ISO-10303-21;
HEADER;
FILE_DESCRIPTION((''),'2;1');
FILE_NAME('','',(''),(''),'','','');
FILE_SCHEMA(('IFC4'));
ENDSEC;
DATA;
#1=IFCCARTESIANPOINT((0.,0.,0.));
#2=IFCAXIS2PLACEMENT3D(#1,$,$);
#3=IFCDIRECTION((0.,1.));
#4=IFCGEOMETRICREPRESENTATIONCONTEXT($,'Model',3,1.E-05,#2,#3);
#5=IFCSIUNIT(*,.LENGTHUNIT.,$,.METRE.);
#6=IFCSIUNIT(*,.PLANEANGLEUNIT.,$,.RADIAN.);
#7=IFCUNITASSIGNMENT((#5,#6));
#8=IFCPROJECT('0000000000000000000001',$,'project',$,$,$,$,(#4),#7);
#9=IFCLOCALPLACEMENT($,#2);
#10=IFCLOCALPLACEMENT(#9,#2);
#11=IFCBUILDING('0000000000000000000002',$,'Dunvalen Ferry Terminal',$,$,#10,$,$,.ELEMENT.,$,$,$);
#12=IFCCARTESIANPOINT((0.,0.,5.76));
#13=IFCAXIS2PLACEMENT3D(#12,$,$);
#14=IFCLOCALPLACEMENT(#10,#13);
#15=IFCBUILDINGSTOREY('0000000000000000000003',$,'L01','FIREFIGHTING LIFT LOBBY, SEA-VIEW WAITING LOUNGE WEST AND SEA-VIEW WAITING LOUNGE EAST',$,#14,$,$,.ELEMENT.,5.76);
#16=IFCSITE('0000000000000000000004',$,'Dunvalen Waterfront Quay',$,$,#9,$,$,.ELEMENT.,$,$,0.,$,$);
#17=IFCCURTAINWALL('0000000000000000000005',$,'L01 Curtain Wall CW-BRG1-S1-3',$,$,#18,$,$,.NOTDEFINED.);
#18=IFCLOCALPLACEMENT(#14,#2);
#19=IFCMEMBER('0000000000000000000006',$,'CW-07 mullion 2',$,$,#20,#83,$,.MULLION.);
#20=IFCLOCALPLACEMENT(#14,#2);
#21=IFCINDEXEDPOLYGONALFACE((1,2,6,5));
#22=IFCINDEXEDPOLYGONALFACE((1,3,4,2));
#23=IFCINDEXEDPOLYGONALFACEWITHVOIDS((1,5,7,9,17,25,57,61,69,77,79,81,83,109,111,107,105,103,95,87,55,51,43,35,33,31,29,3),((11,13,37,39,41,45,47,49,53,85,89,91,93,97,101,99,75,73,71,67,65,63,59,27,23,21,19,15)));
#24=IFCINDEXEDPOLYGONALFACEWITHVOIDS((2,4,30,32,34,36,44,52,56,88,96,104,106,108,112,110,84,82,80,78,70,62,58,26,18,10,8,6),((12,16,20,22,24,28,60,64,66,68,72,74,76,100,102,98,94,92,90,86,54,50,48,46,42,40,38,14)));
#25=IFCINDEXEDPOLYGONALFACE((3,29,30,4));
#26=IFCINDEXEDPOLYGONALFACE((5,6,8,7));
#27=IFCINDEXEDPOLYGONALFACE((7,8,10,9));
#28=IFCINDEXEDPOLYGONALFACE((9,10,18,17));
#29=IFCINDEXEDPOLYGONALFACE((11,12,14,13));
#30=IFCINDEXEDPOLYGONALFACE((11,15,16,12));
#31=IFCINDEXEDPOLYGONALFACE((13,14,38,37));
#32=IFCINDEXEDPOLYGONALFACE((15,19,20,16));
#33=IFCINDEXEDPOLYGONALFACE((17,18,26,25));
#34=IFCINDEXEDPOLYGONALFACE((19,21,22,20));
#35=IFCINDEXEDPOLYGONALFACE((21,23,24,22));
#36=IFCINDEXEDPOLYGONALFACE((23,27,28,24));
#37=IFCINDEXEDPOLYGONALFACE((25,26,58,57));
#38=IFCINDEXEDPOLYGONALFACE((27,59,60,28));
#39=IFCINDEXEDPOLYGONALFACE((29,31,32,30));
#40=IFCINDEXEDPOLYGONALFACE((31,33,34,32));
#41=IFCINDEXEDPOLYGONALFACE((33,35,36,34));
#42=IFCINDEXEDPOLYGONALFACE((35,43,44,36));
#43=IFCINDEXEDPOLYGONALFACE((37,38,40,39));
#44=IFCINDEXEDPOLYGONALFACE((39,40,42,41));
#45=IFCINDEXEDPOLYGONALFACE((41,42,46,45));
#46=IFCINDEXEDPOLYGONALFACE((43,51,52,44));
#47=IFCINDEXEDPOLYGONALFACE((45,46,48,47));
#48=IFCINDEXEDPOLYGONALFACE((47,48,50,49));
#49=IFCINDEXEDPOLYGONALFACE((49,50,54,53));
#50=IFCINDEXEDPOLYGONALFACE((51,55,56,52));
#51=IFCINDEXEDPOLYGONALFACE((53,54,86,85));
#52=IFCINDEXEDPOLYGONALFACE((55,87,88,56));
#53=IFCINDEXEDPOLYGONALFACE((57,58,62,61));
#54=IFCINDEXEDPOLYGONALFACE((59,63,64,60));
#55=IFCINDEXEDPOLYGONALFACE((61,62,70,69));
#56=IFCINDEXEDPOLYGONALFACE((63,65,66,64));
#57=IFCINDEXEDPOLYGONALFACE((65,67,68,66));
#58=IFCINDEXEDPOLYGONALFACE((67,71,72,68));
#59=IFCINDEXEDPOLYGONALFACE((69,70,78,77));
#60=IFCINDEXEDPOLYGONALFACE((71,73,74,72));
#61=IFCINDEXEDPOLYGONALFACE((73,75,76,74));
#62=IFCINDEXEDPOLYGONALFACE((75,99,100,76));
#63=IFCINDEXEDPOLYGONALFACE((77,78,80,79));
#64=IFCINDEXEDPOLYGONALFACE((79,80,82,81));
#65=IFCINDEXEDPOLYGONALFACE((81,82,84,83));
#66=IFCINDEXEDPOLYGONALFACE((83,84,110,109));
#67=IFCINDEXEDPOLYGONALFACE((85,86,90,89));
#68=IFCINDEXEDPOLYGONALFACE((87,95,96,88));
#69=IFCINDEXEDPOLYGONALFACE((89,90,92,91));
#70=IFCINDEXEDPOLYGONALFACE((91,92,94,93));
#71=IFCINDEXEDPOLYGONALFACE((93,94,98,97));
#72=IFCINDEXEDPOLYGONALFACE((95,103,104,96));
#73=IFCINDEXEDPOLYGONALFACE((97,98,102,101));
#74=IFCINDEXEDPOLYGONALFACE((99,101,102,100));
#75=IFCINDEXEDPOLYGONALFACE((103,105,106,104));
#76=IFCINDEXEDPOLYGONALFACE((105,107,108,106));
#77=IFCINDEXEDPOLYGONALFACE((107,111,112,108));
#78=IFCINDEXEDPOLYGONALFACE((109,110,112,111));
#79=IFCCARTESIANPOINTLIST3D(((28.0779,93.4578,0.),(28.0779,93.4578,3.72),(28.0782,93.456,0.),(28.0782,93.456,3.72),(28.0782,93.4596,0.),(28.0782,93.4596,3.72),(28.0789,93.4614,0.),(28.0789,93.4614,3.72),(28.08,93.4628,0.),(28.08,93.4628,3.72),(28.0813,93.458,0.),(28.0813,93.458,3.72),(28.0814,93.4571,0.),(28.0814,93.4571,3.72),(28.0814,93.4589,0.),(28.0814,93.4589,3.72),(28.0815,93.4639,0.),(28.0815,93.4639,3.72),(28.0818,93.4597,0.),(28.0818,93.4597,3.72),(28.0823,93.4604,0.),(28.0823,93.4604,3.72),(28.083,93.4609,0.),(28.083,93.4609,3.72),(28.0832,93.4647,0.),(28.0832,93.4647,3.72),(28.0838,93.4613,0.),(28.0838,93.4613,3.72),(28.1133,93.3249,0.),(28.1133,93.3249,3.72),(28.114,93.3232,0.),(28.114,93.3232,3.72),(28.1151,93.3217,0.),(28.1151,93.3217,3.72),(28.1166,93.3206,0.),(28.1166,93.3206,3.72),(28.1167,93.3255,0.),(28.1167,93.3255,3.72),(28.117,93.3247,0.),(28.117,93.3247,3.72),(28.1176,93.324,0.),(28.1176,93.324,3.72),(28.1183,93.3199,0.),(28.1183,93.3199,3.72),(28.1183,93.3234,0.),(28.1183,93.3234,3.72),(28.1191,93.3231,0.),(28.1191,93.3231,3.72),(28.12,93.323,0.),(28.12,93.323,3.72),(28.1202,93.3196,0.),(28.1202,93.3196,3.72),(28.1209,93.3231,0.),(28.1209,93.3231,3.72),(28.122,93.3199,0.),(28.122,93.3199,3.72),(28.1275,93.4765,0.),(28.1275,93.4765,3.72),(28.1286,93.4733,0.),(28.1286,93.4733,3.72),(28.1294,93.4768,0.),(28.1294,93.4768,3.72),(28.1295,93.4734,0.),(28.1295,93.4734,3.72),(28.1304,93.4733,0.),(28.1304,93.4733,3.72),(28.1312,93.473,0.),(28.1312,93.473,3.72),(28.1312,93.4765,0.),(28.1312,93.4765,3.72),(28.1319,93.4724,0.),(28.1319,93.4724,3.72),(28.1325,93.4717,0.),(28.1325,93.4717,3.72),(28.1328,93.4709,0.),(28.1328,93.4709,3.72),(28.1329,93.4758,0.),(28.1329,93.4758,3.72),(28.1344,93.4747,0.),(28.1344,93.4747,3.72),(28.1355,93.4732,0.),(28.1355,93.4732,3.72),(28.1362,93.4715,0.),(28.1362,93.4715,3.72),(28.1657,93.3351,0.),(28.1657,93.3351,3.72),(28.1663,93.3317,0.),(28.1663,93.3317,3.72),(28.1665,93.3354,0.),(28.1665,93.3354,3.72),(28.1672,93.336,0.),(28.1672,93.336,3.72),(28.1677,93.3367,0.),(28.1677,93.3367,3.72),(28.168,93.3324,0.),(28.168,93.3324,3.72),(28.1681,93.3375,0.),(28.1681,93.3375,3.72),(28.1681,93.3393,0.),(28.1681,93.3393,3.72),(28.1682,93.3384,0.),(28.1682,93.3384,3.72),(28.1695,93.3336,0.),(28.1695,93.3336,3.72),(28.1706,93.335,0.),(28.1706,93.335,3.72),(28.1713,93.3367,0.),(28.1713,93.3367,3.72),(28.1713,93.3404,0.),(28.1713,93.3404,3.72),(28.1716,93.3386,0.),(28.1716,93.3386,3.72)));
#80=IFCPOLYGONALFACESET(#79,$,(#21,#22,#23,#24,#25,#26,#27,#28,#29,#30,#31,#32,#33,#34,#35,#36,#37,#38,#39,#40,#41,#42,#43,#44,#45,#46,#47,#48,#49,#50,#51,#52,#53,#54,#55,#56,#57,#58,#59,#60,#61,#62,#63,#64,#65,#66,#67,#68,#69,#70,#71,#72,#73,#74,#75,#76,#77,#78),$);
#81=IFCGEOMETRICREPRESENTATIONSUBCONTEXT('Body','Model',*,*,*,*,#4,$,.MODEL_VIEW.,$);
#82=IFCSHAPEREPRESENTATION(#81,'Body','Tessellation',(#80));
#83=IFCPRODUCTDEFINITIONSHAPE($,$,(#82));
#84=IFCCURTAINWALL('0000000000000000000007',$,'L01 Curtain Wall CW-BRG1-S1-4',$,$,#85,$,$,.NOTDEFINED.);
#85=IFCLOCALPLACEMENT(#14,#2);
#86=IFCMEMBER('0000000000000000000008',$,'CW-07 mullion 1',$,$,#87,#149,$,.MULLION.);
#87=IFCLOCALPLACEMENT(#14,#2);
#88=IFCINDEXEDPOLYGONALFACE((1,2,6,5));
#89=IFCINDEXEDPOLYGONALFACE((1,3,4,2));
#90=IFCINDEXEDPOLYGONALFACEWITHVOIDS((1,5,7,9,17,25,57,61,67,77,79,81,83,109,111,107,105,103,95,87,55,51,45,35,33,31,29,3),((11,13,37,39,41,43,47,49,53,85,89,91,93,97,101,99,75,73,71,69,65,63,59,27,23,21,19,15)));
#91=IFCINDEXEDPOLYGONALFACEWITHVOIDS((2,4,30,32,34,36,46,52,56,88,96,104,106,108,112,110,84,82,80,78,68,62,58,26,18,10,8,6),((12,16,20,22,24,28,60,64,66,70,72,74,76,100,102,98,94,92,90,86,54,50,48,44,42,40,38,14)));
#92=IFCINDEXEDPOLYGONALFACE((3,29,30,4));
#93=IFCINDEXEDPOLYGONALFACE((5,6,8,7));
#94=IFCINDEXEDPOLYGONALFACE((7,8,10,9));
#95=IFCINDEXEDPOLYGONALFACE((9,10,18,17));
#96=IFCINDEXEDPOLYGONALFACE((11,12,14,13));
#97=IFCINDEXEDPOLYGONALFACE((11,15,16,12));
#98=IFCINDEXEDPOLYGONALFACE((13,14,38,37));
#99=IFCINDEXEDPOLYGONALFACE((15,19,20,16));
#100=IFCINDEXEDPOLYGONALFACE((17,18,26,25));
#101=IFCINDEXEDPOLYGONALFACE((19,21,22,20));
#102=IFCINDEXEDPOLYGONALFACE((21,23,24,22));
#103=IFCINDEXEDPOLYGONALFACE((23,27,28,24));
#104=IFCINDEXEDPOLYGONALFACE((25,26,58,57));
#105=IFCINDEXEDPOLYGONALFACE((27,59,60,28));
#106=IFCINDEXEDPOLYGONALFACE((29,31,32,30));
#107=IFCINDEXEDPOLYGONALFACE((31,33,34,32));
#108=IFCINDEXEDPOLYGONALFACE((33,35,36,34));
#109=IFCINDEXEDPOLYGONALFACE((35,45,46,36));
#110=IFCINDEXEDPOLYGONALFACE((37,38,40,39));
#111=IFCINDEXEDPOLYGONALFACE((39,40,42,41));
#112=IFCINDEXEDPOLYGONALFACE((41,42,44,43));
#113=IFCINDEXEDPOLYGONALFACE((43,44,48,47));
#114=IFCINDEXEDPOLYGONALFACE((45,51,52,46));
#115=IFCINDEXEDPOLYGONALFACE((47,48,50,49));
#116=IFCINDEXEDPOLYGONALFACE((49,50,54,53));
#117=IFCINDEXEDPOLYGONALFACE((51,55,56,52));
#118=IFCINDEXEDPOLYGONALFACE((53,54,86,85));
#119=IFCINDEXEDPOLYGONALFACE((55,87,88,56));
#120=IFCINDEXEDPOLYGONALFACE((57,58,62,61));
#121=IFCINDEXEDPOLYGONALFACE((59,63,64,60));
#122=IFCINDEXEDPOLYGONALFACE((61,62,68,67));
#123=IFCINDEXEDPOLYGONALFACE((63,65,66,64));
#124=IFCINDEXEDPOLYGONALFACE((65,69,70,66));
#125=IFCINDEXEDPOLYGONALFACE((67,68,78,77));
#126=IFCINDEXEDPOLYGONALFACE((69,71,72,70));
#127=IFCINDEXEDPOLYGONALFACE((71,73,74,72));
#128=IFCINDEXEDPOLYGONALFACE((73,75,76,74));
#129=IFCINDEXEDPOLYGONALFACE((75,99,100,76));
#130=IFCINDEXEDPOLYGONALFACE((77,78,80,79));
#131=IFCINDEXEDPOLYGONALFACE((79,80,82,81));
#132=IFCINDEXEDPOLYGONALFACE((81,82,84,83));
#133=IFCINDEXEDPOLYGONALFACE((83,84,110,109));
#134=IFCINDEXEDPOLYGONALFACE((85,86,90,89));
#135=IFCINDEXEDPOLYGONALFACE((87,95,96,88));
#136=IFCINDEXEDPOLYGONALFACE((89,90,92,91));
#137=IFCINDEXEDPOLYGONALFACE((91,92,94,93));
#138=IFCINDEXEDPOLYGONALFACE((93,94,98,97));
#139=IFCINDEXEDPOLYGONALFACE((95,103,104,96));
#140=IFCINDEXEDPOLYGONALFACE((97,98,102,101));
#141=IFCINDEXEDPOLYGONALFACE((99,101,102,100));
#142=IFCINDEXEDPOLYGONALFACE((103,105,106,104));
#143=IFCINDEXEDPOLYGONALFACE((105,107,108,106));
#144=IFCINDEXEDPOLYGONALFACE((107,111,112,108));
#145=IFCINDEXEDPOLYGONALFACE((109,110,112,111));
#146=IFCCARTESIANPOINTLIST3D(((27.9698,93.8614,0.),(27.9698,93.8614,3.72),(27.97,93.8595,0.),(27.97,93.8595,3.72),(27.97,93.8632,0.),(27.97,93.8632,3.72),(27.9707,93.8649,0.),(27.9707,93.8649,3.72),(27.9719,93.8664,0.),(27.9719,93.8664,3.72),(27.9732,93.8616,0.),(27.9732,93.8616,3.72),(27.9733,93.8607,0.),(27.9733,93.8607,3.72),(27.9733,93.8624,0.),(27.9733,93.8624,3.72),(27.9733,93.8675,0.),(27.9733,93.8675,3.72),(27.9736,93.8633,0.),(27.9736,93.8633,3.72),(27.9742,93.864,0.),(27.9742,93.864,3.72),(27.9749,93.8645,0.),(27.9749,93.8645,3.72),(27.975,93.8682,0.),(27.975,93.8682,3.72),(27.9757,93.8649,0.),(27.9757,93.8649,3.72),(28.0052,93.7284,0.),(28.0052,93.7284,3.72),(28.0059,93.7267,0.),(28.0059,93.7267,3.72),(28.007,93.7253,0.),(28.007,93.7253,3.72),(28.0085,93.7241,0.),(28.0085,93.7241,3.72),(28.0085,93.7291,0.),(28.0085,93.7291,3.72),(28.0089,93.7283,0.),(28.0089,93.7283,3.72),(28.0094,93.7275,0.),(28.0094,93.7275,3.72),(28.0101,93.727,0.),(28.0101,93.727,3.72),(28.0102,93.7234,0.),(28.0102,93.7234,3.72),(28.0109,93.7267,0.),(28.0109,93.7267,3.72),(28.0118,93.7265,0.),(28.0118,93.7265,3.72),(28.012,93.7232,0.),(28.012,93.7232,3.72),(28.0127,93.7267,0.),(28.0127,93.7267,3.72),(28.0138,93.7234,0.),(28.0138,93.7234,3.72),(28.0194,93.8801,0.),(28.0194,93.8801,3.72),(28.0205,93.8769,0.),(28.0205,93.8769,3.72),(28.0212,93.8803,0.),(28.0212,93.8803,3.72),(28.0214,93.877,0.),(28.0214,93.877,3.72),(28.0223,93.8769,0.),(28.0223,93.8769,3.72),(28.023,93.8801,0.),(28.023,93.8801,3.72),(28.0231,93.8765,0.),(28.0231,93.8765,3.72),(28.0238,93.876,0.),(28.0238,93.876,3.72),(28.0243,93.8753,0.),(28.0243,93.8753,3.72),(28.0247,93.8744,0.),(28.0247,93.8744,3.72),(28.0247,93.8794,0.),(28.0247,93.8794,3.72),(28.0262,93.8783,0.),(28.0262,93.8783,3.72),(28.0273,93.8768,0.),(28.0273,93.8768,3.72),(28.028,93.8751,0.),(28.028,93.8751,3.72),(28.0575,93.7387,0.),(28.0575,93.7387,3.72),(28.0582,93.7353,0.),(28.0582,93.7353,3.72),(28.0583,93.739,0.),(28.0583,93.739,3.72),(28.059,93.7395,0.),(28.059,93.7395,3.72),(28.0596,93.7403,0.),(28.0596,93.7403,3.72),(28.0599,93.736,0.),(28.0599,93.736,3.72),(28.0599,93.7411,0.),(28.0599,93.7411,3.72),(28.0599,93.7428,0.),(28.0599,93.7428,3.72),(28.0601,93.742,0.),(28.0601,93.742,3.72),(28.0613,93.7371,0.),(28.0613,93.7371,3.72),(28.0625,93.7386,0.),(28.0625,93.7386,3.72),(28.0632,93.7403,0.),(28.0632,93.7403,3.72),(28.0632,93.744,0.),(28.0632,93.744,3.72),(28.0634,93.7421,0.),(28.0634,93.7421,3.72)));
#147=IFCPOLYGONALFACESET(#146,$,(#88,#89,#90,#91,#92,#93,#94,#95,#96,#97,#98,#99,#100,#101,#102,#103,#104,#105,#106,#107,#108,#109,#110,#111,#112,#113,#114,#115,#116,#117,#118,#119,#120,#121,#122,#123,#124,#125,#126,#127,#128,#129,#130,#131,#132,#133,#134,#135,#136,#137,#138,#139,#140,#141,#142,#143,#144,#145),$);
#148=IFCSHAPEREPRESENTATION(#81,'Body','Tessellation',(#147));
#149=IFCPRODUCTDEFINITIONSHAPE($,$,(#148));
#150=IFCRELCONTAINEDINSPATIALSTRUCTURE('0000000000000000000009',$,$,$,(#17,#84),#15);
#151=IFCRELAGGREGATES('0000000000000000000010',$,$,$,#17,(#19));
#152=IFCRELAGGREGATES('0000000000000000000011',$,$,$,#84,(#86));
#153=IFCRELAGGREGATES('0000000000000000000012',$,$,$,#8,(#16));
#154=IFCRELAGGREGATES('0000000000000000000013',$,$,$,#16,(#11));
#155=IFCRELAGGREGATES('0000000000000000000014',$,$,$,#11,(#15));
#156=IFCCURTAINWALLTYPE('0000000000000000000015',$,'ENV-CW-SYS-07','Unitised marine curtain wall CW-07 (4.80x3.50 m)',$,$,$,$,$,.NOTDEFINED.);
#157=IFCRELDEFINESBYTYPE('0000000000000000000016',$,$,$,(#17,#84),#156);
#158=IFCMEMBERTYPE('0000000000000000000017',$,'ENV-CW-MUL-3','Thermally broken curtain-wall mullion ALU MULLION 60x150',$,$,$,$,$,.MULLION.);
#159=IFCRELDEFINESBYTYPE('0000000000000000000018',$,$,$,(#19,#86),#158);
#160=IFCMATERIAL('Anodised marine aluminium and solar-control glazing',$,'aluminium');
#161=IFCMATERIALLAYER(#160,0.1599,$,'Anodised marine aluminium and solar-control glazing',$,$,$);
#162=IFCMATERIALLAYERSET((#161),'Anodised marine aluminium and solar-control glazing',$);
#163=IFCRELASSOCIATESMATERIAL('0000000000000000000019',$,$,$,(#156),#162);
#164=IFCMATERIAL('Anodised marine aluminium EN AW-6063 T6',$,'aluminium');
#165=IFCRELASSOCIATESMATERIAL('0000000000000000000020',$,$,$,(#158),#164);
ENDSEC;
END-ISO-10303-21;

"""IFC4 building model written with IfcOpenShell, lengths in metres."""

from ifc_helpers import new_model, si_unit, direction, frame, origin, origin_2d, place, context, subcontext, project, spatial, hollow_rectangle, extrude, material, layer, layer_set, material_profile, profile_set, type_object, element, aggregate, save


model = new_model("IFC4")

# Units and contexts
model_context = context("Model", 3, precision=1e-05, world=origin(), true_north=direction((0.0, 1.0)))
body_context = subcontext(model_context, "Body", "Model", "MODEL_VIEW")
ifc_project = project(units=[si_unit("LENGTHUNIT", "METRE"), si_unit("PLANEANGLEUNIT", "RADIAN")], contexts=[model_context])

# Site, building, storey
site_placement = place(None, origin())
site = spatial("IfcSite", under=ifc_project, at=site_placement, Name="Dunvalen Waterfront Quay", CompositionType="ELEMENT", RefElevation=0.0)
building_placement = place(site_placement, origin())
building = spatial("IfcBuilding", under=site, at=building_placement, Name="Dunvalen Ferry Terminal", CompositionType="ELEMENT")
storey_placement = place(building_placement, frame((0.0, 0.0, 5.76)))
storey = spatial("IfcBuildingStorey", under=building, at=storey_placement, Name="L01", Description="FIREFIGHTING LIFT LOBBY, SEA-VIEW WAITING LOUNGE WEST AND SEA-VIEW WAITING LOUNGE EAST", CompositionType="ELEMENT", Elevation=5.76)

# Curtain wall, member
ifc_material_1 = material(Name="Anodised marine aluminium and solar-control glazing", Category="aluminium")
ifc_material_2 = material(Name="Anodised marine aluminium EN AW-6063 T6", Category="aluminium")
ifc_layer_1 = layer(ifc_material_1, 0.1599, Name="Anodised marine aluminium and solar-control glazing")
ifc_layer_set_1 = layer_set([ifc_layer_1], Name="Anodised marine aluminium and solar-control glazing")
curtain_wall_type_1 = type_object("IfcCurtainWallType", Name="ENV-CW-SYS-07", Description="Unitised marine curtain wall CW-07 (4.80x3.50 m)", PredefinedType="NOTDEFINED", material=ifc_layer_set_1)
curtain_wall_1_placement = place(storey_placement, origin())
curtain_wall_1 = element("IfcCurtainWall", 1, at=curtain_wall_1_placement, inside=storey, type_object=curtain_wall_type_1, Name="L01 Curtain Wall CW-BRG1-S1-3", PredefinedType="NOTDEFINED")
ifc_material_profile_1 = material_profile(ifc_material_2, hollow_rectangle(XDim=0.0601, YDim=0.1499, WallThickness=0.0034, InnerFilletRadius=0.0034, OuterFilletRadius=0.0071, at=origin_2d()), Name="Anodised marine aluminium EN AW-6063 T6")
ifc_profile_set_1 = profile_set([ifc_material_profile_1], Name="Anodised marine aluminium EN AW-6063 T6")
member_type_1 = type_object("IfcMemberType", Name="ENV-CW-MUL-3", Description="Thermally broken curtain-wall mullion ALU MULLION 60x150", PredefinedType="MULLION", material=ifc_profile_set_1)
member_1_placement = place(storey_placement, frame((28.1248, 93.3982, 0.0), z_axis=(0.0, 0.0, 1.0), x_axis=(-0.965935, -0.258786, 0.0)))
member_1 = element("IfcMember", 2, at=member_1_placement, type_object=member_type_1, Name="CW-07 mullion 2", PredefinedType="MULLION", context=body_context, shape_type="SweptSolid", body=[
    extrude(hollow_rectangle(XDim=0.0601, YDim=0.1499, WallThickness=0.0034, InnerFilletRadius=0.0034, OuterFilletRadius=0.0071, at=origin_2d()), origin(), (0.0, 0.0, 1.0), 3.72),
])
aggregate(curtain_wall_1, [member_1])

# Curtain wall, member
curtain_wall_2_placement = place(storey_placement, origin())
curtain_wall_2 = element("IfcCurtainWall", 3, at=curtain_wall_2_placement, inside=storey, type_object=curtain_wall_type_1, Name="L01 Curtain Wall CW-BRG1-S1-4", PredefinedType="NOTDEFINED")
member_2_placement = place(storey_placement, frame((28.0166, 93.8018, 0.0), z_axis=(0.0, 0.0, 1.0), x_axis=(-0.965935, -0.258786, 0.0)))
member_2 = element("IfcMember", 4, at=member_2_placement, type_object=member_type_1, Name="CW-07 mullion 1", PredefinedType="MULLION", context=body_context, shape_type="SweptSolid", body=[
    extrude(hollow_rectangle(XDim=0.0601, YDim=0.1499, WallThickness=0.0034, InnerFilletRadius=0.0034, OuterFilletRadius=0.0071, at=origin_2d()), origin(), (0.0, 0.0, 1.0), 3.72),
])

aggregate(curtain_wall_2, [member_2])

save(model, "model.ifc")
